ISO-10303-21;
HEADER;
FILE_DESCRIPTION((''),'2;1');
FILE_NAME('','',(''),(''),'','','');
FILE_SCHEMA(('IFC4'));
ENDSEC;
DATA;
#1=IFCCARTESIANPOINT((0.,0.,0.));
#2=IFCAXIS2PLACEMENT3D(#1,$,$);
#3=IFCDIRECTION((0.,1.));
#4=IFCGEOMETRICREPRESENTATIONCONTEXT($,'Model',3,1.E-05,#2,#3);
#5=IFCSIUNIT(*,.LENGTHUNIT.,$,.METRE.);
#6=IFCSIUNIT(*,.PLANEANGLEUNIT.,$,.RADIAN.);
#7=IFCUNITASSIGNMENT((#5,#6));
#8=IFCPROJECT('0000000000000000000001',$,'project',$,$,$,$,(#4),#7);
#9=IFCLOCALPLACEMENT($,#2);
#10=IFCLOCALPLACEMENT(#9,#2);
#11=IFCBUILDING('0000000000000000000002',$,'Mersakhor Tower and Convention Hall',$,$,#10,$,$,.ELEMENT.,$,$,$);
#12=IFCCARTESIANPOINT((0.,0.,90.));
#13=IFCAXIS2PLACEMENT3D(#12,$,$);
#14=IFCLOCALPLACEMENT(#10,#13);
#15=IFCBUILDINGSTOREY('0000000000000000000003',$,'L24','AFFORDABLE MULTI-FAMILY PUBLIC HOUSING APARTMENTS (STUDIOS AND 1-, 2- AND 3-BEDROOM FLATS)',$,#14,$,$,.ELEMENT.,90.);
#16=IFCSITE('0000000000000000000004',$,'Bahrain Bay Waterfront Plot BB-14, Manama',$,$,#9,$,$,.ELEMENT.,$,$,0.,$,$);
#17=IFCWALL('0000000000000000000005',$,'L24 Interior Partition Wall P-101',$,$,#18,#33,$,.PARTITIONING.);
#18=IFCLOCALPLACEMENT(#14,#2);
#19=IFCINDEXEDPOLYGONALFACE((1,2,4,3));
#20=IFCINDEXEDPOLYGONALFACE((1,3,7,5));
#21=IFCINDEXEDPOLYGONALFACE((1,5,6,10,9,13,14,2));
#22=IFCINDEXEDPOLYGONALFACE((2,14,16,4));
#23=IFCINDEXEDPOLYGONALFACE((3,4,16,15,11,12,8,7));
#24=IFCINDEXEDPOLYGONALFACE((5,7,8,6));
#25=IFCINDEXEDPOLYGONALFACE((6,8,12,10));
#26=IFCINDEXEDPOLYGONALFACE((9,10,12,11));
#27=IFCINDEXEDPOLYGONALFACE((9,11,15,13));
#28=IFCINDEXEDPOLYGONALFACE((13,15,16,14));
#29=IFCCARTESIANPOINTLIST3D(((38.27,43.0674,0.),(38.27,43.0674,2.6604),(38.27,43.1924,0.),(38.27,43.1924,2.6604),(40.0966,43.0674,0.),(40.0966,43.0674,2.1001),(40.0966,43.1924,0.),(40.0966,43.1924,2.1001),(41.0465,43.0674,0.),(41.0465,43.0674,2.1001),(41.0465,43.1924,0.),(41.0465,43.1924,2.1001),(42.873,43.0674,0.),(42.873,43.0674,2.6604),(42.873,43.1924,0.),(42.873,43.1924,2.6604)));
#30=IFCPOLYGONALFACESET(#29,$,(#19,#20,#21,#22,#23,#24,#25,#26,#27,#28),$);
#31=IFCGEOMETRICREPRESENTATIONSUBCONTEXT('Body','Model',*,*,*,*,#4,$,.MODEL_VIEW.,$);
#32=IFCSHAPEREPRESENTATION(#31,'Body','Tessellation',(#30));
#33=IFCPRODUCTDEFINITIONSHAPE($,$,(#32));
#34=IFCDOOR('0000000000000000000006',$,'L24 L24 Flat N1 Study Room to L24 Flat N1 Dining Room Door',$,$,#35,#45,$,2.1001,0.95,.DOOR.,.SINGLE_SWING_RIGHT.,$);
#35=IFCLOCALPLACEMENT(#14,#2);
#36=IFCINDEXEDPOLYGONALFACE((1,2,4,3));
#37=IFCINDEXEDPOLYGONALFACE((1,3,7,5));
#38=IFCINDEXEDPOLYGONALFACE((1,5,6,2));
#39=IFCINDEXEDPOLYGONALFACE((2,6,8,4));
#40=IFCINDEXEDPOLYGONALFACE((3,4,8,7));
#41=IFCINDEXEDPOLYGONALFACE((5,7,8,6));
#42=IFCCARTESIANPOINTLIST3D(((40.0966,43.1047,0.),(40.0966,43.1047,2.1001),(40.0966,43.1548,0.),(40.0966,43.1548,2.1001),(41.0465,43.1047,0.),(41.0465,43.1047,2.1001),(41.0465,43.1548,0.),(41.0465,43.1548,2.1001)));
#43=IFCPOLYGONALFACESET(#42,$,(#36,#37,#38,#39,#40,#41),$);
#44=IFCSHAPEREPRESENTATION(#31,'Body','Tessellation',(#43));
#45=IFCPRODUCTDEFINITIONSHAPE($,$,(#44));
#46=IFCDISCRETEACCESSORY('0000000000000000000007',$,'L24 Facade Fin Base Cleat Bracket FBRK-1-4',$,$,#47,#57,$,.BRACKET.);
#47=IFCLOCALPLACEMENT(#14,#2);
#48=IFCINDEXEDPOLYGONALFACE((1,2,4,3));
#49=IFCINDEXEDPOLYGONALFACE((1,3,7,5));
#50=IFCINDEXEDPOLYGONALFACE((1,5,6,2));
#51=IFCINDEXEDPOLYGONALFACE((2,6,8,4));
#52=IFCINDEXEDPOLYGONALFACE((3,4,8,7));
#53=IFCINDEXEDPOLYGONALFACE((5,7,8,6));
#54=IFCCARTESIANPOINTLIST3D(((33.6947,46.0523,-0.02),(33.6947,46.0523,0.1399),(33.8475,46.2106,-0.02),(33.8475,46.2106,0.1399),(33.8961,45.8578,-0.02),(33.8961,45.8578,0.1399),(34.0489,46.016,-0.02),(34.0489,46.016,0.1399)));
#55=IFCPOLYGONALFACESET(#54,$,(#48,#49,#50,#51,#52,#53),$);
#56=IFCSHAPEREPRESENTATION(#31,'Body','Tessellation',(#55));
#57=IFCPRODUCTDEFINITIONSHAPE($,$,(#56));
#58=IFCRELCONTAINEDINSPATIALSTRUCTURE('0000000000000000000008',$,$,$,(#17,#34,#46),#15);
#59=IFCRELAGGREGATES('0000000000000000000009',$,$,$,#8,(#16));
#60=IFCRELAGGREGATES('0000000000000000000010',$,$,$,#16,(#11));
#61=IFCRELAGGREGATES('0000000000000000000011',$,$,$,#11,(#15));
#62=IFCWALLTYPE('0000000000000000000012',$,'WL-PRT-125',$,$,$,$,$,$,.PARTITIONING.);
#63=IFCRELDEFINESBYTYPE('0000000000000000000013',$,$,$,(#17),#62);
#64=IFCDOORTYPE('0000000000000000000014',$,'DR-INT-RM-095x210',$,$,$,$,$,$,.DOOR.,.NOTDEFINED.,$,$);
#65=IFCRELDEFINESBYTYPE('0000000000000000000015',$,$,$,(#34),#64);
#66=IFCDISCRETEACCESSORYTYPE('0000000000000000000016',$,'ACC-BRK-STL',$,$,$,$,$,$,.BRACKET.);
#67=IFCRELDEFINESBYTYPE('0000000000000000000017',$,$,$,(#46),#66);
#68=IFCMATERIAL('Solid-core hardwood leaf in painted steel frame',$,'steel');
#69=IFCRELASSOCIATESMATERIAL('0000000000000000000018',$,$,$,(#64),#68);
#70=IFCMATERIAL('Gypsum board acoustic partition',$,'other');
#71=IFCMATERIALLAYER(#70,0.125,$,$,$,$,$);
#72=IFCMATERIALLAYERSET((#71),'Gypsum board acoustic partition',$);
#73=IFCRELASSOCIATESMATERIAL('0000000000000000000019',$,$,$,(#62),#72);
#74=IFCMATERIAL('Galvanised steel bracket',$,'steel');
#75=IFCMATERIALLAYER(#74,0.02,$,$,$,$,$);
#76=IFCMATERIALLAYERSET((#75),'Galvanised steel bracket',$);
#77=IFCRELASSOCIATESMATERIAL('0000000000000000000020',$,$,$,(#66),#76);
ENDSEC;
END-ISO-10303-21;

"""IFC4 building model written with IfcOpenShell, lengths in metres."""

from ifc_helpers import new_model, si_unit, direction, frame, frame_2d, origin, origin_2d, place, context, subcontext, project, spatial, rectangle, extrude, material, layer, layer_set, type_object, element, fill, save


model = new_model("IFC4")

# Units and contexts
model_context = context("Model", 3, precision=1e-05, world=origin(), true_north=direction((0.0, 1.0)))
body_context = subcontext(model_context, "Body", "Model", "MODEL_VIEW")
ifc_project = project(units=[si_unit("LENGTHUNIT", "METRE"), si_unit("PLANEANGLEUNIT", "RADIAN")], contexts=[model_context])

# Site, building, storey
site_placement = place(None, origin())
site = spatial("IfcSite", under=ifc_project, at=site_placement, Name="Bahrain Bay Waterfront Plot BB-14, Manama", CompositionType="ELEMENT", RefElevation=0.0)
building_placement = place(site_placement, origin())
building = spatial("IfcBuilding", under=site, at=building_placement, Name="Mersakhor Tower and Convention Hall", CompositionType="ELEMENT")
storey_placement = place(building_placement, frame((0.0, 0.0, 90.0)))
storey = spatial("IfcBuildingStorey", under=building, at=storey_placement, Name="L24", Description="AFFORDABLE MULTI-FAMILY PUBLIC HOUSING APARTMENTS (STUDIOS AND 1-, 2- AND 3-BEDROOM FLATS)", CompositionType="ELEMENT", Elevation=90.0)

# Shared definitions
ifc_material_1 = material(Name="Solid-core hardwood leaf in painted steel frame", Category="steel")
door_type_1 = type_object("IfcDoorType", Name="DR-INT-RM-095x210", OperationType="NOTDEFINED", PredefinedType="DOOR", material=ifc_material_1)

# Wall, opening, door
ifc_material_2 = material(Name="Gypsum board acoustic partition", Category="other")
ifc_layer_1 = layer(ifc_material_2, 0.125)
ifc_layer_set_1 = layer_set([ifc_layer_1], Name="Gypsum board acoustic partition")
wall_type_1 = type_object("IfcWallType", Name="WL-PRT-125", PredefinedType="PARTITIONING", material=ifc_layer_set_1)
wall_1_placement = place(storey_placement, frame((38.27, 43.1299, 0.0), z_axis=(0.0, 0.0, 1.0), x_axis=(1.0, 0.0, 0.0)))
wall_1 = element("IfcWall", 1, at=wall_1_placement, inside=storey, type_object=wall_type_1, Name="L24 Interior Partition Wall P-101", PredefinedType="PARTITIONING", context=body_context, shape_type="SweptSolid", body=[
    extrude(rectangle(XDim=4.603, YDim=0.125, at=frame_2d((2.3015, 0.0))), origin(), (0.0, 0.0, 1.0), 2.6604),
])
opening_1_placement = place(wall_1_placement, frame((1.8264, 0.0, 0.0)))
opening_1 = element("IfcOpeningElement", 2, at=opening_1_placement, cuts=wall_1, PredefinedType="OPENING", context=body_context, shape_type="SweptSolid", body=[
    extrude(rectangle(XDim=0.95, YDim=2.1001, at=frame_2d((0.4751, 1.05))), frame((0.0, 0.0725, 0.0), z_axis=(0.0, -1.0, 0.0), x_axis=(1.0, 0.0, 0.0)), (0.0, 0.0, 1.0), 0.145),
])
door_1_placement = place(opening_1_placement, origin())
door_1 = element("IfcDoor", 3, at=door_1_placement, inside=storey, type_object=door_type_1, Name="L24 L24 Flat N1 Study Room to L24 Flat N1 Dining Room Door", OperationType="SINGLE_SWING_RIGHT", OverallHeight=2.1001, OverallWidth=0.95, PredefinedType="DOOR", context=body_context, shape_type="SweptSolid", body=[
    extrude(rectangle(XDim=0.95, YDim=2.1001, at=frame_2d((0.4751, 1.05))), frame((0.0, 0.0249, 0.0), z_axis=(0.0, -1.0, 0.0), x_axis=(1.0, 0.0, 0.0)), (0.0, 0.0, 1.0), 0.05),
])
fill(opening_1, door_1)

# Discrete accessory
ifc_material_3 = material(Name="Galvanised steel bracket", Category="steel")
ifc_layer_2 = layer(ifc_material_3, 0.02)
ifc_layer_set_2 = layer_set([ifc_layer_2], Name="Galvanised steel bracket")
discrete_accessory_type = type_object("IfcDiscreteAccessoryType", Name="ACC-BRK-STL", PredefinedType="BRACKET", material=ifc_layer_set_2)
discrete_accessory_placement = place(storey_placement, frame((33.8718, 46.0342, -0.02), z_axis=(0.0, 0.0, 1.0), x_axis=(-0.71934, 0.694658, 0.0)))
element("IfcDiscreteAccessory", 4, at=discrete_accessory_placement, inside=storey, type_object=discrete_accessory_type, Name="L24 Facade Fin Base Cleat Bracket FBRK-1-4", PredefinedType="BRACKET", context=body_context, shape_type="SweptSolid", body=[
    extrude(rectangle(XDim=0.28, YDim=0.22, at=origin_2d()), origin(), (0.0, 0.0, 1.0), 0.1599),
])

save(model, "model.ifc")
